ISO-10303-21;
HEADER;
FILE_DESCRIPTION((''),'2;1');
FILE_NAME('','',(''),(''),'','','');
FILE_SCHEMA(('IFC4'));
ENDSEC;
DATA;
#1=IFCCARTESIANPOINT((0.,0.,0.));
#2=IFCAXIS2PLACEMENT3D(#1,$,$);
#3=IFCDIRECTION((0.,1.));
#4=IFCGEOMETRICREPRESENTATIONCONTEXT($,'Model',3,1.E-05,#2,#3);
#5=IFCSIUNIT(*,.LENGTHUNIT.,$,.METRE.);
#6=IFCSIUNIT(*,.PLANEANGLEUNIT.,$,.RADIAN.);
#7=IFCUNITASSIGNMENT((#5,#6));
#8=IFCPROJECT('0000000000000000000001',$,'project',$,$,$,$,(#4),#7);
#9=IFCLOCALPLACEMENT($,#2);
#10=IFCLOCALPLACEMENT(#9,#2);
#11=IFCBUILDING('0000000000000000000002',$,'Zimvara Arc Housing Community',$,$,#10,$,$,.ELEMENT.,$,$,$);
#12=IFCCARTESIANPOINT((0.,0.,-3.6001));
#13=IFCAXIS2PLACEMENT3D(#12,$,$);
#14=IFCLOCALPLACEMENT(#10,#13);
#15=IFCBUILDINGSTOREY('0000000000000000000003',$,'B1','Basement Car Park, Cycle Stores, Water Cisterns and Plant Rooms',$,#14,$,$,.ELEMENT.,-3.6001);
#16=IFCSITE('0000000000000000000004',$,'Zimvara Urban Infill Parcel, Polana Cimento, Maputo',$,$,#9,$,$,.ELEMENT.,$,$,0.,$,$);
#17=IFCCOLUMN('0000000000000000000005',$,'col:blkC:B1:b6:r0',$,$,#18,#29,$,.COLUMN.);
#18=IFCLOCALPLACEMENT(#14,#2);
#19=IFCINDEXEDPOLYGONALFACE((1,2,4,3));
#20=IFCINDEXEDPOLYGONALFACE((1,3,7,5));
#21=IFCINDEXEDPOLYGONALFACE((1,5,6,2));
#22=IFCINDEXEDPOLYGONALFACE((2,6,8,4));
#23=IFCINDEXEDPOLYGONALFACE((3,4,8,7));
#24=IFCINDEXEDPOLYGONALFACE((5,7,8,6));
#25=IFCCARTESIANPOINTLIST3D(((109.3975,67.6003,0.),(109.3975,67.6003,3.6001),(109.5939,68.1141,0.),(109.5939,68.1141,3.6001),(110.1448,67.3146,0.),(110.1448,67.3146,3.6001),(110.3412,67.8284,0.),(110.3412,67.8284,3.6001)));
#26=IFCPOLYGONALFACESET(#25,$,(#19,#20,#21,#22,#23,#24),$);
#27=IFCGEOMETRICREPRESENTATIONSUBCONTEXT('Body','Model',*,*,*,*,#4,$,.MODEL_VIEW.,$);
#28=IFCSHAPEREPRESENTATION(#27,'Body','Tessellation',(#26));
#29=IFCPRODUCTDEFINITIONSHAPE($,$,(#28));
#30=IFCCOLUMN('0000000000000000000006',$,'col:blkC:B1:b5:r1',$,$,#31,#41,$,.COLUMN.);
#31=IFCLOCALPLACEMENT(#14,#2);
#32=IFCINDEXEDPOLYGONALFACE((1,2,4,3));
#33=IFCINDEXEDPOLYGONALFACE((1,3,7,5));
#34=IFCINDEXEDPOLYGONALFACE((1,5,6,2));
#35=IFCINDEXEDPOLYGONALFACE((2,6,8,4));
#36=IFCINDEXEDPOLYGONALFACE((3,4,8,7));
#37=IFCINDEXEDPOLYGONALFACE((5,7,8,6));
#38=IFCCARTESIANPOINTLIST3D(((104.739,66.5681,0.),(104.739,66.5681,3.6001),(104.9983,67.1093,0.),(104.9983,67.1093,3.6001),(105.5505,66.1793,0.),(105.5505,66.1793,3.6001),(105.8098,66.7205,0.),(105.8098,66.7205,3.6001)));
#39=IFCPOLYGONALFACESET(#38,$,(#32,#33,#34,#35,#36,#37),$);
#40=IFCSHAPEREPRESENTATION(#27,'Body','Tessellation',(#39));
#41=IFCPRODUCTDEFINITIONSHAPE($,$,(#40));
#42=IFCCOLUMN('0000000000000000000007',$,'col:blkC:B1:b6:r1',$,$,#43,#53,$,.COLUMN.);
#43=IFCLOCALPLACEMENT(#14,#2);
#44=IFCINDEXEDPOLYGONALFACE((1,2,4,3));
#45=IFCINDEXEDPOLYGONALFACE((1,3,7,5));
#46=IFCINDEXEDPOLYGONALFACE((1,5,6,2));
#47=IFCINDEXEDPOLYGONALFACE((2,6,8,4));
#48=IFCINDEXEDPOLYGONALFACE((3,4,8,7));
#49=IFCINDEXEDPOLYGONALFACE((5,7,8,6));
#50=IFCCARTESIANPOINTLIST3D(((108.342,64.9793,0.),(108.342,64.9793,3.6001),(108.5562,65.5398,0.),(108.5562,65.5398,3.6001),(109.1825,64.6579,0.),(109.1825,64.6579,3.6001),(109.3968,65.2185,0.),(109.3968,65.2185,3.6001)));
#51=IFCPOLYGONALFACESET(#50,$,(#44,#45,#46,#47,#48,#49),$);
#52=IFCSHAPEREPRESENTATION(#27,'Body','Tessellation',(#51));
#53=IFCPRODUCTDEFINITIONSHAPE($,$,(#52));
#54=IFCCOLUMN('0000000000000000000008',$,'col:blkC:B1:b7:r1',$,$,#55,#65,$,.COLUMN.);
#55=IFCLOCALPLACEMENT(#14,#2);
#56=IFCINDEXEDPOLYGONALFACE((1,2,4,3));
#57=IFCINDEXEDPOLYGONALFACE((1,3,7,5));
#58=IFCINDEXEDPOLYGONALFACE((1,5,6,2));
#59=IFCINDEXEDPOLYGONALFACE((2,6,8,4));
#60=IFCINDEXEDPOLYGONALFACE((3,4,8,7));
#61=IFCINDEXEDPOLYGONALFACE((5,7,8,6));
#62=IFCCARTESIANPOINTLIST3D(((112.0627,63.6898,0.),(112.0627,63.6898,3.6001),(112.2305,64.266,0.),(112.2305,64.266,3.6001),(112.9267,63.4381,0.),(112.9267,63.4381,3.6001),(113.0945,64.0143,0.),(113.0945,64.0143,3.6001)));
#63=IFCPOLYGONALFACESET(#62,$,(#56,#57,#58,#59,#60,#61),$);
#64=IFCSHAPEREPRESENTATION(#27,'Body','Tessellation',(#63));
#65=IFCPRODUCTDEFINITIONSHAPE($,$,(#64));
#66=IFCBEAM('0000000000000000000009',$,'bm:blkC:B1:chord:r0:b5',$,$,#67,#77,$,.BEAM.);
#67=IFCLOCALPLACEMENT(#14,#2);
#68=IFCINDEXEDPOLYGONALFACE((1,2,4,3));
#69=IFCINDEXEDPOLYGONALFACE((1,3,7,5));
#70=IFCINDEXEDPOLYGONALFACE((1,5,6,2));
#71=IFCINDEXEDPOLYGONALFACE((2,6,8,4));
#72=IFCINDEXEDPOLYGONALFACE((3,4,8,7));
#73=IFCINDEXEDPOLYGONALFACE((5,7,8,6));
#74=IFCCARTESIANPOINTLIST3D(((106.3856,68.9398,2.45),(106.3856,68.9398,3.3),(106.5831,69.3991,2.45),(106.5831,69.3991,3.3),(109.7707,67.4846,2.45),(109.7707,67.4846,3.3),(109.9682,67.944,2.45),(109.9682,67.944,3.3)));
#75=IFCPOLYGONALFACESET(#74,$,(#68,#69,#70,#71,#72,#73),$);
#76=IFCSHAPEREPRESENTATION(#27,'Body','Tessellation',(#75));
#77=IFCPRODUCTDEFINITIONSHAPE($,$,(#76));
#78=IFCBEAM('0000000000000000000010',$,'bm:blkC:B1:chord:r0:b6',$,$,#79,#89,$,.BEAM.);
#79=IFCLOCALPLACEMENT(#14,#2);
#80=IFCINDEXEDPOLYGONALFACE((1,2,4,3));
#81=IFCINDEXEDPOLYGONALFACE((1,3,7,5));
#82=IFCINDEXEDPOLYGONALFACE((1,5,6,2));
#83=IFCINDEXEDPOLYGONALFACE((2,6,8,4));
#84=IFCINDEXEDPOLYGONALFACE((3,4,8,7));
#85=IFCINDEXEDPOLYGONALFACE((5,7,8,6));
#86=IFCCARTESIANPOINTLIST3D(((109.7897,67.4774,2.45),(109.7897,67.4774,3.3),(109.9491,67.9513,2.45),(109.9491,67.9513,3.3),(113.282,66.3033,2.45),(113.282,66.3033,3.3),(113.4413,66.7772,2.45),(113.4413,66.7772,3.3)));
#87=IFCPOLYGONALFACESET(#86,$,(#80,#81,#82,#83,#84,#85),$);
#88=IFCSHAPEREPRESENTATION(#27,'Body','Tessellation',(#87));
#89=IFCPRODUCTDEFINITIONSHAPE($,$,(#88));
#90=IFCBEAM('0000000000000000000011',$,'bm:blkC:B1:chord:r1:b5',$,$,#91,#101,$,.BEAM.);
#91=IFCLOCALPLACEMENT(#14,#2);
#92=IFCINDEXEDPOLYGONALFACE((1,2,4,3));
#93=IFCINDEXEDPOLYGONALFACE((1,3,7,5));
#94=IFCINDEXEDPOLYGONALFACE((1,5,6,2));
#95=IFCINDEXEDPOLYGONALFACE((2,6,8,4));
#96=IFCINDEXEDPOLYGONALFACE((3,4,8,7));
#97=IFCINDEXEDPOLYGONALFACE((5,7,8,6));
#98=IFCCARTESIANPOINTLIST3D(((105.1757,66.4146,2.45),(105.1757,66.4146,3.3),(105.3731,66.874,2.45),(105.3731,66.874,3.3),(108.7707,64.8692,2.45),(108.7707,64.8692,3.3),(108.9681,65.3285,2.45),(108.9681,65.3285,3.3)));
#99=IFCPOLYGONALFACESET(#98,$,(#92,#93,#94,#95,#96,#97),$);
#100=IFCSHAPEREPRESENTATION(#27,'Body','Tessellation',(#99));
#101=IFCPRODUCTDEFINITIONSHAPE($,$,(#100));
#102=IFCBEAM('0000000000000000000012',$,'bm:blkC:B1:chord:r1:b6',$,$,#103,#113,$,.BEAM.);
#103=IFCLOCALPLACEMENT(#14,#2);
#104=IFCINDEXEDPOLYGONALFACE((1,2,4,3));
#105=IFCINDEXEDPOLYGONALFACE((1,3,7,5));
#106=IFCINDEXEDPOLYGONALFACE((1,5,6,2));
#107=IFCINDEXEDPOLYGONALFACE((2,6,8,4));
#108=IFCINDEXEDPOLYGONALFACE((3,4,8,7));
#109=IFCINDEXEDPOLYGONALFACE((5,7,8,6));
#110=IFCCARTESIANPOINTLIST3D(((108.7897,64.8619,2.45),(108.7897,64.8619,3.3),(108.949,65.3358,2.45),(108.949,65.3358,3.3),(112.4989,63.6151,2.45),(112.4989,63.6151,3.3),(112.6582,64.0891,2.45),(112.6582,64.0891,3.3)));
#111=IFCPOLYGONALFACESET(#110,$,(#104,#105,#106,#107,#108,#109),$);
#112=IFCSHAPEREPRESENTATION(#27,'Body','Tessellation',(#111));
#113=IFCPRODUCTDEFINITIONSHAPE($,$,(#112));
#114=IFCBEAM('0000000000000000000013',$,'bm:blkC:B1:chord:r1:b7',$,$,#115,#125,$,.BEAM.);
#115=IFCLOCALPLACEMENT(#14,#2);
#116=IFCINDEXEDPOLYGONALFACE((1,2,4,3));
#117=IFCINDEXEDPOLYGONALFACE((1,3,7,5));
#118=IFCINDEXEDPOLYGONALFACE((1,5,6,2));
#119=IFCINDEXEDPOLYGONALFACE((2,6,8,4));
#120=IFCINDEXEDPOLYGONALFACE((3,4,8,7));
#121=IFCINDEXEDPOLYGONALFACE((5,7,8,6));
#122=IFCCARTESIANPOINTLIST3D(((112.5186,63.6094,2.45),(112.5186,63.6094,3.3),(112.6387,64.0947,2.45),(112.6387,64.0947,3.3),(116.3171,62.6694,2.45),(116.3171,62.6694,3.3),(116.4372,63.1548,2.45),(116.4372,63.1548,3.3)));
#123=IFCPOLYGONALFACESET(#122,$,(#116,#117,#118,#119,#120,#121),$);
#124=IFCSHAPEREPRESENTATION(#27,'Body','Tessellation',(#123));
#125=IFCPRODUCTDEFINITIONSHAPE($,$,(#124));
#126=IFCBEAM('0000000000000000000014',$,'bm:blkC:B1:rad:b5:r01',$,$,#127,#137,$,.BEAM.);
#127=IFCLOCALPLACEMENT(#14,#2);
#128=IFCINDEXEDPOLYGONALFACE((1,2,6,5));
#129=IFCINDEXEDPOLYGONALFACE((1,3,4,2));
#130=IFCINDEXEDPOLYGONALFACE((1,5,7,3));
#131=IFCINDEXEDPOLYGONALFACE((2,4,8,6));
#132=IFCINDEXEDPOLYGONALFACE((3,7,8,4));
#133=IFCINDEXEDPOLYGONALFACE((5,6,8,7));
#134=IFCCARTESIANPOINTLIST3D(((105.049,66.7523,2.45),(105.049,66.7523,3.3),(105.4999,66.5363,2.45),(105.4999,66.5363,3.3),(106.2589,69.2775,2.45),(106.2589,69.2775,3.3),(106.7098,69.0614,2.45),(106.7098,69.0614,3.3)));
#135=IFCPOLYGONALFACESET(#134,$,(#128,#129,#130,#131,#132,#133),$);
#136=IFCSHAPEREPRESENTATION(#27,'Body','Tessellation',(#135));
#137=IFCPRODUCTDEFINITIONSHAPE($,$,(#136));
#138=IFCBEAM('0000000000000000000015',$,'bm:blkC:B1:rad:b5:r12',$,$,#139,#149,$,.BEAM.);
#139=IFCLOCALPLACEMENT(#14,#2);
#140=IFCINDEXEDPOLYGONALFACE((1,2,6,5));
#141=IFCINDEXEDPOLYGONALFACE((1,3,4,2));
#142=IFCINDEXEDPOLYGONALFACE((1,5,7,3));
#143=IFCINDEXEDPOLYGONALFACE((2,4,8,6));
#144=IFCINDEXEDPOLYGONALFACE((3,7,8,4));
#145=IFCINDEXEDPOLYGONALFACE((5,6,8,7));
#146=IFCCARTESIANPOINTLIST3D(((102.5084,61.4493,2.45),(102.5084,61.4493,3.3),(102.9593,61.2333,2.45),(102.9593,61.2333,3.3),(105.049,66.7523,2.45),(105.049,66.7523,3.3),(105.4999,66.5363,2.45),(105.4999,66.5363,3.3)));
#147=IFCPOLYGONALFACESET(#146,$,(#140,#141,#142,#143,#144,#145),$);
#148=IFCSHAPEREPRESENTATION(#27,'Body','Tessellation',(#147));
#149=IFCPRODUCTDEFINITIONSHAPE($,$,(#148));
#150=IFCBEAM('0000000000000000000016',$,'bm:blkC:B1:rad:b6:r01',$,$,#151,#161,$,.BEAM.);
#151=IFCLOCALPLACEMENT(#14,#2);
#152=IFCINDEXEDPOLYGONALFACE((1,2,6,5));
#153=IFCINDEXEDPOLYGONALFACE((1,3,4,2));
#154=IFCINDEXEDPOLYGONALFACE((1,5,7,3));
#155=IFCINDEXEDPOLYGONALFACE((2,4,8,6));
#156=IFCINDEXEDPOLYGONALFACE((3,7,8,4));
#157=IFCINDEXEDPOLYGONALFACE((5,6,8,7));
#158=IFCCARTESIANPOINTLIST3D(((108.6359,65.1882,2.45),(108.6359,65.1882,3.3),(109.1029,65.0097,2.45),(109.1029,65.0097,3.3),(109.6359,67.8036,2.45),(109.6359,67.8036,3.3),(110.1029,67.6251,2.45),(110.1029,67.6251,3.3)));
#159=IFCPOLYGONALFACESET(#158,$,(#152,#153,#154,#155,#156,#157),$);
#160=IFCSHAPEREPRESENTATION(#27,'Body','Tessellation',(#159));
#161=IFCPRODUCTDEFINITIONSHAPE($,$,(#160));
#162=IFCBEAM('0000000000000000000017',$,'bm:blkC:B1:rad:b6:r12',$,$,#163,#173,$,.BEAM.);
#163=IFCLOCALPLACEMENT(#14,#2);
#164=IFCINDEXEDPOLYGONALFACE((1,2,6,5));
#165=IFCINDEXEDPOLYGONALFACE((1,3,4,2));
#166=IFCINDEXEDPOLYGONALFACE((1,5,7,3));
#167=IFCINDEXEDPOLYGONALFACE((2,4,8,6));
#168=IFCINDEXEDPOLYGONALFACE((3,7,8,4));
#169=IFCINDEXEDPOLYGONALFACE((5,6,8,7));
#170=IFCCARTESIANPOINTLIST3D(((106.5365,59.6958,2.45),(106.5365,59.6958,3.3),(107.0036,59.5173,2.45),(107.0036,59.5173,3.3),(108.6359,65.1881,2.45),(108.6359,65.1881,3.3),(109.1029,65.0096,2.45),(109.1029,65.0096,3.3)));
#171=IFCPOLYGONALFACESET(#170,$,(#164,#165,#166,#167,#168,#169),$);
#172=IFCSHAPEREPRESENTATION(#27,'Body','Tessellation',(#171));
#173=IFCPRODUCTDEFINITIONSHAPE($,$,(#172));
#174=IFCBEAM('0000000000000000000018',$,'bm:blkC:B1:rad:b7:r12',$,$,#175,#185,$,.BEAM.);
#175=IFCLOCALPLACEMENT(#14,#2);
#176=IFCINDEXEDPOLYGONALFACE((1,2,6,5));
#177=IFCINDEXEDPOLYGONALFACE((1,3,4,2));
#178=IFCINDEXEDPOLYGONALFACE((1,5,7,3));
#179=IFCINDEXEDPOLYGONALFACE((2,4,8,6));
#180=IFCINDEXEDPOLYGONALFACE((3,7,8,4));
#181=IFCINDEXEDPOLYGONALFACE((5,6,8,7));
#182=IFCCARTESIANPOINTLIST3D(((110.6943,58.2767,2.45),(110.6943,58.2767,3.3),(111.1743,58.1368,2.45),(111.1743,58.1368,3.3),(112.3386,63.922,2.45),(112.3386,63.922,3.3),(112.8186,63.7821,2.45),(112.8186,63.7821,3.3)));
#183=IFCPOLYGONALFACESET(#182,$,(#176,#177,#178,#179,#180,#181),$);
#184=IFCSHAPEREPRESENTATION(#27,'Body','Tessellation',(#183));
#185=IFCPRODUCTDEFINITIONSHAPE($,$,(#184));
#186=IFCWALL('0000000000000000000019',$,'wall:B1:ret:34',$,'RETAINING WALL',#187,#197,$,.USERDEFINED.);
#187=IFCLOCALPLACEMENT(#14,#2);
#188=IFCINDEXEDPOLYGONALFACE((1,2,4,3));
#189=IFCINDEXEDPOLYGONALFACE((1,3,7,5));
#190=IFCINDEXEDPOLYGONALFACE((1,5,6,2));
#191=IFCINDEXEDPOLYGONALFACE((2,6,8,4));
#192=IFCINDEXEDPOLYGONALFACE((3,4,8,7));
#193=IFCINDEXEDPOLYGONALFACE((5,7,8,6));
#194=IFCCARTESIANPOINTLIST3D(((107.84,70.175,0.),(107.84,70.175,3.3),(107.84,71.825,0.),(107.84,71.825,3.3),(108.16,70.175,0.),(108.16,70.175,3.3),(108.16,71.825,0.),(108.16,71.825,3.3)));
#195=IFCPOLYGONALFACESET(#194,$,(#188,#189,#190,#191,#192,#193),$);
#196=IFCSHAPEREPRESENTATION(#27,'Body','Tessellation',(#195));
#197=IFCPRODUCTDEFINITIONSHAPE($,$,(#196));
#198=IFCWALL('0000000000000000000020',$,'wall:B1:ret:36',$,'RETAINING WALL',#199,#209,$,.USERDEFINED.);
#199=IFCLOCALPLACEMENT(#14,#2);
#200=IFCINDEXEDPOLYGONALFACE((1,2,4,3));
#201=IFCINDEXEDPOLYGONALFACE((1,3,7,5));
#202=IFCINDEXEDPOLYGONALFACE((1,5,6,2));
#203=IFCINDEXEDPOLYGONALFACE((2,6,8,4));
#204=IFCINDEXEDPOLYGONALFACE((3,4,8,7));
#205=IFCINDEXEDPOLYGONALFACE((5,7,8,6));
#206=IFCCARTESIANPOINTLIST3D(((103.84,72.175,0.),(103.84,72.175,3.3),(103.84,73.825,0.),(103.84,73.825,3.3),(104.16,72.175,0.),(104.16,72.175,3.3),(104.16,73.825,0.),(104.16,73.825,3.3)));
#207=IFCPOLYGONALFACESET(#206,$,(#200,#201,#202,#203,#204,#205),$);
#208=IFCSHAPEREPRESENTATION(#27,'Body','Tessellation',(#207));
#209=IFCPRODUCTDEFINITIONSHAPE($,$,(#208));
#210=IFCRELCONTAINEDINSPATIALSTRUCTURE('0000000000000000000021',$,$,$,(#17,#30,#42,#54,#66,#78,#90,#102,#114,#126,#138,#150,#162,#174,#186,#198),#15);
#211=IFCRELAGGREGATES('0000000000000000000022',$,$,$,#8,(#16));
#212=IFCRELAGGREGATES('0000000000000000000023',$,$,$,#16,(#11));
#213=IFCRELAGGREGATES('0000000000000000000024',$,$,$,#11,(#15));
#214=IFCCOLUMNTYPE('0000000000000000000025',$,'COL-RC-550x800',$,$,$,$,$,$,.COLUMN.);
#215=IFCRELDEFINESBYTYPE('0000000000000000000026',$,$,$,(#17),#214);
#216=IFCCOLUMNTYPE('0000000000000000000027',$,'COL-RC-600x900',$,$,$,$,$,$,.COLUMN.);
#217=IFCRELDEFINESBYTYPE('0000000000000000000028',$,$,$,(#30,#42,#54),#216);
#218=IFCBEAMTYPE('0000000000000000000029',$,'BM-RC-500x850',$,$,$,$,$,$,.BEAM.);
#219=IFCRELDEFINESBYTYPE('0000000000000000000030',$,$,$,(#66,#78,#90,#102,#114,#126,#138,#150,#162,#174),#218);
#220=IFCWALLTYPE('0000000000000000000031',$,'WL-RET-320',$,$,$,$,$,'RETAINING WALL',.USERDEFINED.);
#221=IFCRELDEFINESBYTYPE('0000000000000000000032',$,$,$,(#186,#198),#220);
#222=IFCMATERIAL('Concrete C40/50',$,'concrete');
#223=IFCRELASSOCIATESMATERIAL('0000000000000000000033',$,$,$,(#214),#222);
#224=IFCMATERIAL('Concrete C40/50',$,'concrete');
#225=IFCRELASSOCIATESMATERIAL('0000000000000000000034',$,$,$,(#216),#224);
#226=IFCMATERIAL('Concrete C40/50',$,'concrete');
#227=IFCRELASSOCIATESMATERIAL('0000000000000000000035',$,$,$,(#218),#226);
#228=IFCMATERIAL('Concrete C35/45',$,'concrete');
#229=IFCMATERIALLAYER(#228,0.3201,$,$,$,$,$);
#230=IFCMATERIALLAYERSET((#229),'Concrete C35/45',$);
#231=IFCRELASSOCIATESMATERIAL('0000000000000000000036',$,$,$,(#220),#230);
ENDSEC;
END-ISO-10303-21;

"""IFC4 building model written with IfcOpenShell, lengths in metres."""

from ifc_helpers import new_model, si_unit, direction, frame, frame_2d, origin, origin_2d, place, context, subcontext, project, spatial, rectangle, extrude, material, layer, layer_set, material_profile, profile_set, type_object, element, save


model = new_model("IFC4")

# Units and contexts
model_context = context("Model", 3, precision=1e-05, world=origin(), true_north=direction((0.0, 1.0)))
body_context = subcontext(model_context, "Body", "Model", "MODEL_VIEW")
ifc_project = project(units=[si_unit("LENGTHUNIT", "METRE"), si_unit("PLANEANGLEUNIT", "RADIAN")], contexts=[model_context])

# Site, building, storey
site_placement = place(None, origin())
site = spatial("IfcSite", under=ifc_project, at=site_placement, Name="Zimvara Urban Infill Parcel, Polana Cimento, Maputo", CompositionType="ELEMENT", RefElevation=0.0)
building_placement = place(site_placement, origin())
building = spatial("IfcBuilding", under=site, at=building_placement, Name="Zimvara Arc Housing Community", CompositionType="ELEMENT")
storey_placement = place(building_placement, frame((0.0, 0.0, -3.6001)))
storey = spatial("IfcBuildingStorey", under=building, at=storey_placement, Name="B1", Description="Basement Car Park, Cycle Stores, Water Cisterns and Plant Rooms", CompositionType="ELEMENT", Elevation=-3.6001)

# Columns
ifc_material_1 = material(Name="Concrete C40/50", Category="concrete")
ifc_material_profile_1 = material_profile(ifc_material_1, rectangle(XDim=0.55, YDim=0.8, at=origin_2d()), Name="RC 550x800")
ifc_profile_set_1 = profile_set([ifc_material_profile_1], Name="Concrete C40/50")
column_type_1 = type_object("IfcColumnType", Name="COL-RC-550x800", PredefinedType="COLUMN", material=ifc_profile_set_1)
column_placement = place(storey_placement, frame((109.8694, 67.7144, 0.0), z_axis=(0.0, 0.0, 1.0), x_axis=(-0.357064, -0.93408, 0.0)))
element("IfcColumn", 1, at=column_placement, inside=storey, type_object=column_type_1, Name="col:blkC:B1:b6:r0", PredefinedType="COLUMN", context=body_context, shape_type="SweptSolid", body=[
    extrude(rectangle(XDim=0.55, YDim=0.8, at=origin_2d()), origin(), (0.0, 0.0, 1.0), 3.6001),
])
ifc_material_2 = material(Name="Concrete C40/50", Category="concrete")
ifc_material_profile_2 = material_profile(ifc_material_2, rectangle(XDim=0.6001, YDim=0.8999, at=origin_2d()), Name="RC 600x900")
ifc_profile_set_2 = profile_set([ifc_material_profile_2], Name="Concrete C40/50")
column_type_2 = type_object("IfcColumnType", Name="COL-RC-600x900", PredefinedType="COLUMN", material=ifc_profile_set_2)
for number, where, z_axis, x_axis, name in (
    (2, (105.2744, 66.6443, 0.0), (0.0, 0.0, 1.0), (-0.432086, -0.901833, 0.0), "col:blkC:B1:b5:r1"),
    (3, (108.8694, 65.0989, 0.0), (0.0, 0.0, 1.0), (-0.357064, -0.93408, 0.0), "col:blkC:B1:b6:r1"),
    (4, (112.5786, 63.8521, 0.0), (0.0, 0.0, 1.0), (-0.279661, -0.960099, 0.0), "col:blkC:B1:b7:r1"),
):
    element("IfcColumn", number, at=place(storey_placement, frame(where, z_axis=z_axis, x_axis=x_axis)), inside=storey, type_object=column_type_2, Name=name, PredefinedType="COLUMN", context=body_context, shape_type="SweptSolid", body=[
        extrude(rectangle(XDim=0.6001, YDim=0.8999, at=origin_2d()), origin(), (0.0, 0.0, 1.0), 3.6001),
    ])

# Beams
ifc_material_3 = material(Name="Concrete C40/50", Category="concrete")
ifc_material_profile_3 = material_profile(ifc_material_3, rectangle(XDim=0.5, YDim=0.8501, at=origin_2d()), Name="RC 500x850")
ifc_profile_set_3 = profile_set([ifc_material_profile_3], Name="Concrete C40/50")
beam_type = type_object("IfcBeamType", Name="BM-RC-500x850", PredefinedType="BEAM", material=ifc_profile_set_3)
beam_1_placement = place(storey_placement, frame((106.4844, 69.1694, 2.875), z_axis=(0.918716, -0.394919, 0.0), x_axis=(0.394919, 0.918716, 0.0)))
element("IfcBeam", 5, at=beam_1_placement, inside=storey, type_object=beam_type, Name="bm:blkC:B1:chord:r0:b5", PredefinedType="BEAM", context=body_context, shape_type="SweptSolid", body=[
    extrude(rectangle(XDim=0.5, YDim=0.8501, at=origin_2d()), origin(), (0.0, 0.0, 1.0), 3.6846),
])
beam_2_placement = place(storey_placement, frame((109.8694, 67.7144, 2.875), z_axis=(0.947865, -0.318672, 0.0), x_axis=(0.318672, 0.947865, 0.0)))
element("IfcBeam", 6, at=beam_2_placement, inside=storey, type_object=beam_type, Name="bm:blkC:B1:chord:r0:b6", PredefinedType="BEAM", context=body_context, shape_type="SweptSolid", body=[
    extrude(rectangle(XDim=0.5, YDim=0.8501, at=origin_2d()), origin(), (0.0, 0.0, 1.0), 3.6843),
])
for number, where, z_axis, x_axis, name in (
    (7, (105.2744, 66.6443, 2.875), (0.918709, -0.394936, 0.0), (0.394936, 0.918709, 0.0), "bm:blkC:B1:chord:r1:b5"),
    (8, (108.8694, 65.0989, 2.875), (0.947882, -0.318623, 0.0), (0.318623, 0.947882, 0.0), "bm:blkC:B1:chord:r1:b6"),
    (9, (112.5786, 63.8521, 2.875), (0.970723, -0.240201, 0.0), (0.240201, 0.970723, 0.0), "bm:blkC:B1:chord:r1:b7"),
):
    element("IfcBeam", number, at=place(storey_placement, frame(where, z_axis=z_axis, x_axis=x_axis)), inside=storey, type_object=beam_type, Name=name, PredefinedType="BEAM", context=body_context, shape_type="SweptSolid", body=[
        extrude(rectangle(XDim=0.5, YDim=0.8501, at=origin_2d()), origin(), (0.0, 0.0, 1.0), 3.9131),
    ])
beam_3_placement = place(storey_placement, frame((106.4844, 69.1694, 2.875), z_axis=(-0.432119, -0.901817, 0.0), x_axis=(0.901817, -0.432119, 0.0)))
element("IfcBeam", 10, at=beam_3_placement, inside=storey, type_object=beam_type, Name="bm:blkC:B1:rad:b5:r01", PredefinedType="BEAM", context=body_context, shape_type="SweptSolid", body=[
    extrude(rectangle(XDim=0.5, YDim=0.8501, at=origin_2d()), origin(), (0.0, 0.0, 1.0), 2.8),
])
beam_4_placement = place(storey_placement, frame((105.2744, 66.6443, 2.875), z_axis=(-0.432053, -0.901848, 0.0), x_axis=(0.901848, -0.432053, 0.0)))
element("IfcBeam", 11, at=beam_4_placement, inside=storey, type_object=beam_type, Name="bm:blkC:B1:rad:b5:r12", PredefinedType="BEAM", context=body_context, shape_type="SweptSolid", body=[
    extrude(rectangle(XDim=0.5, YDim=0.8501, at=origin_2d()), origin(), (0.0, 0.0, 1.0), 5.8801),
])
beam_5_placement = place(storey_placement, frame((109.8694, 67.7144, 2.875), z_axis=(-0.357126, -0.934056, 0.0), x_axis=(0.934056, -0.357126, 0.0)))
element("IfcBeam", 12, at=beam_5_placement, inside=storey, type_object=beam_type, Name="bm:blkC:B1:rad:b6:r01", PredefinedType="BEAM", context=body_context, shape_type="SweptSolid", body=[
    extrude(rectangle(XDim=0.5, YDim=0.8501, at=origin_2d()), origin(), (0.0, 0.0, 1.0), 2.8),
])
for number, where, z_axis, x_axis, name in (
    (13, (108.8694, 65.0989, 2.875), (-0.357036, -0.934091, 0.0), (0.934091, -0.357036, 0.0), "bm:blkC:B1:rad:b6:r12"),
    (14, (112.5786, 63.8521, 2.875), (-0.279648, -0.960103, 0.0), (0.960103, -0.279648, 0.0), "bm:blkC:B1:rad:b7:r12"),
):
    element("IfcBeam", number, at=place(storey_placement, frame(where, z_axis=z_axis, x_axis=x_axis)), inside=storey, type_object=beam_type, Name=name, PredefinedType="BEAM", context=body_context, shape_type="SweptSolid", body=[
        extrude(rectangle(XDim=0.5, YDim=0.8501, at=origin_2d()), origin(), (0.0, 0.0, 1.0), 5.8799),
    ])

# Walls
ifc_material_4 = material(Name="Concrete C35/45", Category="concrete")
ifc_layer_1 = layer(ifc_material_4, 0.3201)
ifc_layer_set_1 = layer_set([ifc_layer_1], Name="Concrete C35/45")
wall_type_1 = type_object("IfcWallType", Name="WL-RET-320", ElementType="RETAINING WALL", PredefinedType="USERDEFINED", material=ifc_layer_set_1)
for number, where, z_axis, x_axis, name in (
    (15, (108.0, 70.175, 0.0), (0.0, 0.0, 1.0), (0.0, 1.0, 0.0), "wall:B1:ret:34"),
    (16, (104.0, 72.175, 0.0), (0.0, 0.0, 1.0), (0.0, 1.0, 0.0), "wall:B1:ret:36"),
):
    element("IfcWall", number, at=place(storey_placement, frame(where, z_axis=z_axis, x_axis=x_axis)), inside=storey, type_object=wall_type_1, Name=name, ObjectType="RETAINING WALL", PredefinedType="USERDEFINED", context=body_context, shape_type="SweptSolid", body=[
        extrude(rectangle(XDim=1.6499, YDim=0.3201, at=frame_2d((0.825, 0.0))), origin(), (0.0, 0.0, 1.0), 3.3),
    ])

save(model, "model.ifc")
